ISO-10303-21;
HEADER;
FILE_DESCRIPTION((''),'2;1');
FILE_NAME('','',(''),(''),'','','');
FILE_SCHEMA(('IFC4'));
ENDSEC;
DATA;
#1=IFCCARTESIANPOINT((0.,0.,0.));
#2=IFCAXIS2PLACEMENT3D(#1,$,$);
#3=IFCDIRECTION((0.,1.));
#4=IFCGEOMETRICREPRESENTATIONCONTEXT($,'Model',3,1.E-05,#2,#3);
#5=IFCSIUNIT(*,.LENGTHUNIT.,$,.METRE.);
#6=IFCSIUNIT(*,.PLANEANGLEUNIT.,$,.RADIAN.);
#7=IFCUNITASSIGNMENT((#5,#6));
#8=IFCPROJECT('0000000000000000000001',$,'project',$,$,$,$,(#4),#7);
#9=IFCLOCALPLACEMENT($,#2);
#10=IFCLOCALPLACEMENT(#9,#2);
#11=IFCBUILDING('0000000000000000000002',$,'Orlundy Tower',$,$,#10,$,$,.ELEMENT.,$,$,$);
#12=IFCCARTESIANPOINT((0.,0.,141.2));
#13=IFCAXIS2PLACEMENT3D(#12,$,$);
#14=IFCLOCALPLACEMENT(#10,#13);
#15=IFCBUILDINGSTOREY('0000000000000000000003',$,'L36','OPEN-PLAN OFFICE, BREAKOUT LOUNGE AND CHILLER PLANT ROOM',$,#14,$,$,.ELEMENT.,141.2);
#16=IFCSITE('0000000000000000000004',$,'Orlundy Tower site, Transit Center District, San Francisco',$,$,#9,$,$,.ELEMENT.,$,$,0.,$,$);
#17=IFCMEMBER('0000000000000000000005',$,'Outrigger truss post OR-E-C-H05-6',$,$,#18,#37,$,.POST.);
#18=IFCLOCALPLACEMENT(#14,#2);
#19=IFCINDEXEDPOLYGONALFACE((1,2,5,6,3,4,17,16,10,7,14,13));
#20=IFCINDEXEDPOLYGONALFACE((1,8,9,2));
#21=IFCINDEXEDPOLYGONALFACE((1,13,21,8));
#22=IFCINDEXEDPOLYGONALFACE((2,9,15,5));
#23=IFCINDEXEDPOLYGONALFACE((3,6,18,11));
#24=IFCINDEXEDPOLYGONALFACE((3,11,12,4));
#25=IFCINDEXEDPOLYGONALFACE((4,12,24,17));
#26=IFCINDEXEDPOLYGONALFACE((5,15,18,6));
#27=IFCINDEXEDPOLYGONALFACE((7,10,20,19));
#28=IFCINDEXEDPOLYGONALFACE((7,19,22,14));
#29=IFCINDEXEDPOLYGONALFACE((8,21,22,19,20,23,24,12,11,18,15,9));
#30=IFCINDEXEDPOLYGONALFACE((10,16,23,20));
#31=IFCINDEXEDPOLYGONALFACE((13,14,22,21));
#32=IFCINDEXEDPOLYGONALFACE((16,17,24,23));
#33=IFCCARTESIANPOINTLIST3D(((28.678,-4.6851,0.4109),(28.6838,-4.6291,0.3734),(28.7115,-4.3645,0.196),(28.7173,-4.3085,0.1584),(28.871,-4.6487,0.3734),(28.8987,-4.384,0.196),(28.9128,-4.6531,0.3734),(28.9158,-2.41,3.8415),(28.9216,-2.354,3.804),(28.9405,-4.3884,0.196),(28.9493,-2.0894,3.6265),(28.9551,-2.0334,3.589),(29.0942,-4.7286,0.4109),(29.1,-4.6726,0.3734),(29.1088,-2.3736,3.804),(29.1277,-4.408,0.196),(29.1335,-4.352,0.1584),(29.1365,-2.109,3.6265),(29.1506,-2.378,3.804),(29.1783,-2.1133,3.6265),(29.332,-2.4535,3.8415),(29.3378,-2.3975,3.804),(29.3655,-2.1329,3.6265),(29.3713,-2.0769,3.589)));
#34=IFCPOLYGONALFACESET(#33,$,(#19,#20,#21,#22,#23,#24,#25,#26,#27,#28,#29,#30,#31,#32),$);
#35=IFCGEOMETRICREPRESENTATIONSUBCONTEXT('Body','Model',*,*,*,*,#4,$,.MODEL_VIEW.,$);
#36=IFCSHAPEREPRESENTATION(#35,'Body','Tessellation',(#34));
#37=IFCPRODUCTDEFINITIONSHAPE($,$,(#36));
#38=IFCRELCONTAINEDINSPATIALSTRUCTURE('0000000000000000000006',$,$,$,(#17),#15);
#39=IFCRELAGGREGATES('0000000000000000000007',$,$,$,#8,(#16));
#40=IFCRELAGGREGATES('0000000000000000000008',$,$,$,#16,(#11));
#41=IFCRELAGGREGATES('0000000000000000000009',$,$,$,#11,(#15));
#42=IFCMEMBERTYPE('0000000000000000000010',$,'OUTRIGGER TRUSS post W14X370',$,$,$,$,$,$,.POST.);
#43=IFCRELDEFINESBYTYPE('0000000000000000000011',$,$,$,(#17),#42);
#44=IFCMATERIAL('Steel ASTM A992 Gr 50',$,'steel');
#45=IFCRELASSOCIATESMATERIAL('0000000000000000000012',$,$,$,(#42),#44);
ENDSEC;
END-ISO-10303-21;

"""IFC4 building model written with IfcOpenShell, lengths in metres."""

from ifc_helpers import new_model, si_unit, direction, frame, origin, origin_2d, place, context, subcontext, project, spatial, i_section, extrude, material, material_profile, profile_set, type_object, element, save


model = new_model("IFC4")

# Units and contexts
model_context = context("Model", 3, precision=1e-05, world=origin(), true_north=direction((0.0, 1.0)))
body_context = subcontext(model_context, "Body", "Model", "MODEL_VIEW")
ifc_project = project(units=[si_unit("LENGTHUNIT", "METRE"), si_unit("PLANEANGLEUNIT", "RADIAN")], contexts=[model_context])

# Site, building, storey
site_placement = place(None, origin())
site = spatial("IfcSite", under=ifc_project, at=site_placement, Name="Orlundy Tower site, Transit Center District, San Francisco", CompositionType="ELEMENT", RefElevation=0.0)
building_placement = place(site_placement, origin())
building = spatial("IfcBuilding", under=site, at=building_placement, Name="Orlundy Tower", CompositionType="ELEMENT")
storey_placement = place(building_placement, frame((0.0, 0.0, 141.2)))
storey = spatial("IfcBuildingStorey", under=building, at=storey_placement, Name="L36", Description="OPEN-PLAN OFFICE, BREAKOUT LOUNGE AND CHILLER PLANT ROOM", CompositionType="ELEMENT", Elevation=141.2)

# Member
ifc_material_1 = material(Name="Steel ASTM A992 Gr 50", Category="steel")
ifc_material_profile_1 = material_profile(ifc_material_1, i_section(OverallWidth=0.4185, OverallDepth=0.4551, WebThickness=0.042, FlangeThickness=0.0676, at=origin_2d()), Name="W14X370")
ifc_profile_set_1 = profile_set([ifc_material_profile_1], Name="Steel ASTM A992 Gr 50")
member_type_1 = type_object("IfcMemberType", Name="OUTRIGGER TRUSS post W14X370", PredefinedType="POST", material=ifc_profile_set_1)
member_1_placement = place(storey_placement, frame((28.9058, -4.5186, 0.2847), z_axis=(0.057669, 0.551767, 0.832002), x_axis=(-0.994582, 0.103951, 0.0)))
element("IfcMember", 1, at=member_1_placement, inside=storey, type_object=member_type_1, Name="Outrigger truss post OR-E-C-H05-6", PredefinedType="POST", context=body_context, shape_type="SweptSolid", body=[
    extrude(i_section(OverallWidth=0.4185, OverallDepth=0.4551, WebThickness=0.042, FlangeThickness=0.0676, at=origin_2d()), origin(), (0.0, 0.0, 1.0), 4.1233),
])

save(model, "model.ifc")
